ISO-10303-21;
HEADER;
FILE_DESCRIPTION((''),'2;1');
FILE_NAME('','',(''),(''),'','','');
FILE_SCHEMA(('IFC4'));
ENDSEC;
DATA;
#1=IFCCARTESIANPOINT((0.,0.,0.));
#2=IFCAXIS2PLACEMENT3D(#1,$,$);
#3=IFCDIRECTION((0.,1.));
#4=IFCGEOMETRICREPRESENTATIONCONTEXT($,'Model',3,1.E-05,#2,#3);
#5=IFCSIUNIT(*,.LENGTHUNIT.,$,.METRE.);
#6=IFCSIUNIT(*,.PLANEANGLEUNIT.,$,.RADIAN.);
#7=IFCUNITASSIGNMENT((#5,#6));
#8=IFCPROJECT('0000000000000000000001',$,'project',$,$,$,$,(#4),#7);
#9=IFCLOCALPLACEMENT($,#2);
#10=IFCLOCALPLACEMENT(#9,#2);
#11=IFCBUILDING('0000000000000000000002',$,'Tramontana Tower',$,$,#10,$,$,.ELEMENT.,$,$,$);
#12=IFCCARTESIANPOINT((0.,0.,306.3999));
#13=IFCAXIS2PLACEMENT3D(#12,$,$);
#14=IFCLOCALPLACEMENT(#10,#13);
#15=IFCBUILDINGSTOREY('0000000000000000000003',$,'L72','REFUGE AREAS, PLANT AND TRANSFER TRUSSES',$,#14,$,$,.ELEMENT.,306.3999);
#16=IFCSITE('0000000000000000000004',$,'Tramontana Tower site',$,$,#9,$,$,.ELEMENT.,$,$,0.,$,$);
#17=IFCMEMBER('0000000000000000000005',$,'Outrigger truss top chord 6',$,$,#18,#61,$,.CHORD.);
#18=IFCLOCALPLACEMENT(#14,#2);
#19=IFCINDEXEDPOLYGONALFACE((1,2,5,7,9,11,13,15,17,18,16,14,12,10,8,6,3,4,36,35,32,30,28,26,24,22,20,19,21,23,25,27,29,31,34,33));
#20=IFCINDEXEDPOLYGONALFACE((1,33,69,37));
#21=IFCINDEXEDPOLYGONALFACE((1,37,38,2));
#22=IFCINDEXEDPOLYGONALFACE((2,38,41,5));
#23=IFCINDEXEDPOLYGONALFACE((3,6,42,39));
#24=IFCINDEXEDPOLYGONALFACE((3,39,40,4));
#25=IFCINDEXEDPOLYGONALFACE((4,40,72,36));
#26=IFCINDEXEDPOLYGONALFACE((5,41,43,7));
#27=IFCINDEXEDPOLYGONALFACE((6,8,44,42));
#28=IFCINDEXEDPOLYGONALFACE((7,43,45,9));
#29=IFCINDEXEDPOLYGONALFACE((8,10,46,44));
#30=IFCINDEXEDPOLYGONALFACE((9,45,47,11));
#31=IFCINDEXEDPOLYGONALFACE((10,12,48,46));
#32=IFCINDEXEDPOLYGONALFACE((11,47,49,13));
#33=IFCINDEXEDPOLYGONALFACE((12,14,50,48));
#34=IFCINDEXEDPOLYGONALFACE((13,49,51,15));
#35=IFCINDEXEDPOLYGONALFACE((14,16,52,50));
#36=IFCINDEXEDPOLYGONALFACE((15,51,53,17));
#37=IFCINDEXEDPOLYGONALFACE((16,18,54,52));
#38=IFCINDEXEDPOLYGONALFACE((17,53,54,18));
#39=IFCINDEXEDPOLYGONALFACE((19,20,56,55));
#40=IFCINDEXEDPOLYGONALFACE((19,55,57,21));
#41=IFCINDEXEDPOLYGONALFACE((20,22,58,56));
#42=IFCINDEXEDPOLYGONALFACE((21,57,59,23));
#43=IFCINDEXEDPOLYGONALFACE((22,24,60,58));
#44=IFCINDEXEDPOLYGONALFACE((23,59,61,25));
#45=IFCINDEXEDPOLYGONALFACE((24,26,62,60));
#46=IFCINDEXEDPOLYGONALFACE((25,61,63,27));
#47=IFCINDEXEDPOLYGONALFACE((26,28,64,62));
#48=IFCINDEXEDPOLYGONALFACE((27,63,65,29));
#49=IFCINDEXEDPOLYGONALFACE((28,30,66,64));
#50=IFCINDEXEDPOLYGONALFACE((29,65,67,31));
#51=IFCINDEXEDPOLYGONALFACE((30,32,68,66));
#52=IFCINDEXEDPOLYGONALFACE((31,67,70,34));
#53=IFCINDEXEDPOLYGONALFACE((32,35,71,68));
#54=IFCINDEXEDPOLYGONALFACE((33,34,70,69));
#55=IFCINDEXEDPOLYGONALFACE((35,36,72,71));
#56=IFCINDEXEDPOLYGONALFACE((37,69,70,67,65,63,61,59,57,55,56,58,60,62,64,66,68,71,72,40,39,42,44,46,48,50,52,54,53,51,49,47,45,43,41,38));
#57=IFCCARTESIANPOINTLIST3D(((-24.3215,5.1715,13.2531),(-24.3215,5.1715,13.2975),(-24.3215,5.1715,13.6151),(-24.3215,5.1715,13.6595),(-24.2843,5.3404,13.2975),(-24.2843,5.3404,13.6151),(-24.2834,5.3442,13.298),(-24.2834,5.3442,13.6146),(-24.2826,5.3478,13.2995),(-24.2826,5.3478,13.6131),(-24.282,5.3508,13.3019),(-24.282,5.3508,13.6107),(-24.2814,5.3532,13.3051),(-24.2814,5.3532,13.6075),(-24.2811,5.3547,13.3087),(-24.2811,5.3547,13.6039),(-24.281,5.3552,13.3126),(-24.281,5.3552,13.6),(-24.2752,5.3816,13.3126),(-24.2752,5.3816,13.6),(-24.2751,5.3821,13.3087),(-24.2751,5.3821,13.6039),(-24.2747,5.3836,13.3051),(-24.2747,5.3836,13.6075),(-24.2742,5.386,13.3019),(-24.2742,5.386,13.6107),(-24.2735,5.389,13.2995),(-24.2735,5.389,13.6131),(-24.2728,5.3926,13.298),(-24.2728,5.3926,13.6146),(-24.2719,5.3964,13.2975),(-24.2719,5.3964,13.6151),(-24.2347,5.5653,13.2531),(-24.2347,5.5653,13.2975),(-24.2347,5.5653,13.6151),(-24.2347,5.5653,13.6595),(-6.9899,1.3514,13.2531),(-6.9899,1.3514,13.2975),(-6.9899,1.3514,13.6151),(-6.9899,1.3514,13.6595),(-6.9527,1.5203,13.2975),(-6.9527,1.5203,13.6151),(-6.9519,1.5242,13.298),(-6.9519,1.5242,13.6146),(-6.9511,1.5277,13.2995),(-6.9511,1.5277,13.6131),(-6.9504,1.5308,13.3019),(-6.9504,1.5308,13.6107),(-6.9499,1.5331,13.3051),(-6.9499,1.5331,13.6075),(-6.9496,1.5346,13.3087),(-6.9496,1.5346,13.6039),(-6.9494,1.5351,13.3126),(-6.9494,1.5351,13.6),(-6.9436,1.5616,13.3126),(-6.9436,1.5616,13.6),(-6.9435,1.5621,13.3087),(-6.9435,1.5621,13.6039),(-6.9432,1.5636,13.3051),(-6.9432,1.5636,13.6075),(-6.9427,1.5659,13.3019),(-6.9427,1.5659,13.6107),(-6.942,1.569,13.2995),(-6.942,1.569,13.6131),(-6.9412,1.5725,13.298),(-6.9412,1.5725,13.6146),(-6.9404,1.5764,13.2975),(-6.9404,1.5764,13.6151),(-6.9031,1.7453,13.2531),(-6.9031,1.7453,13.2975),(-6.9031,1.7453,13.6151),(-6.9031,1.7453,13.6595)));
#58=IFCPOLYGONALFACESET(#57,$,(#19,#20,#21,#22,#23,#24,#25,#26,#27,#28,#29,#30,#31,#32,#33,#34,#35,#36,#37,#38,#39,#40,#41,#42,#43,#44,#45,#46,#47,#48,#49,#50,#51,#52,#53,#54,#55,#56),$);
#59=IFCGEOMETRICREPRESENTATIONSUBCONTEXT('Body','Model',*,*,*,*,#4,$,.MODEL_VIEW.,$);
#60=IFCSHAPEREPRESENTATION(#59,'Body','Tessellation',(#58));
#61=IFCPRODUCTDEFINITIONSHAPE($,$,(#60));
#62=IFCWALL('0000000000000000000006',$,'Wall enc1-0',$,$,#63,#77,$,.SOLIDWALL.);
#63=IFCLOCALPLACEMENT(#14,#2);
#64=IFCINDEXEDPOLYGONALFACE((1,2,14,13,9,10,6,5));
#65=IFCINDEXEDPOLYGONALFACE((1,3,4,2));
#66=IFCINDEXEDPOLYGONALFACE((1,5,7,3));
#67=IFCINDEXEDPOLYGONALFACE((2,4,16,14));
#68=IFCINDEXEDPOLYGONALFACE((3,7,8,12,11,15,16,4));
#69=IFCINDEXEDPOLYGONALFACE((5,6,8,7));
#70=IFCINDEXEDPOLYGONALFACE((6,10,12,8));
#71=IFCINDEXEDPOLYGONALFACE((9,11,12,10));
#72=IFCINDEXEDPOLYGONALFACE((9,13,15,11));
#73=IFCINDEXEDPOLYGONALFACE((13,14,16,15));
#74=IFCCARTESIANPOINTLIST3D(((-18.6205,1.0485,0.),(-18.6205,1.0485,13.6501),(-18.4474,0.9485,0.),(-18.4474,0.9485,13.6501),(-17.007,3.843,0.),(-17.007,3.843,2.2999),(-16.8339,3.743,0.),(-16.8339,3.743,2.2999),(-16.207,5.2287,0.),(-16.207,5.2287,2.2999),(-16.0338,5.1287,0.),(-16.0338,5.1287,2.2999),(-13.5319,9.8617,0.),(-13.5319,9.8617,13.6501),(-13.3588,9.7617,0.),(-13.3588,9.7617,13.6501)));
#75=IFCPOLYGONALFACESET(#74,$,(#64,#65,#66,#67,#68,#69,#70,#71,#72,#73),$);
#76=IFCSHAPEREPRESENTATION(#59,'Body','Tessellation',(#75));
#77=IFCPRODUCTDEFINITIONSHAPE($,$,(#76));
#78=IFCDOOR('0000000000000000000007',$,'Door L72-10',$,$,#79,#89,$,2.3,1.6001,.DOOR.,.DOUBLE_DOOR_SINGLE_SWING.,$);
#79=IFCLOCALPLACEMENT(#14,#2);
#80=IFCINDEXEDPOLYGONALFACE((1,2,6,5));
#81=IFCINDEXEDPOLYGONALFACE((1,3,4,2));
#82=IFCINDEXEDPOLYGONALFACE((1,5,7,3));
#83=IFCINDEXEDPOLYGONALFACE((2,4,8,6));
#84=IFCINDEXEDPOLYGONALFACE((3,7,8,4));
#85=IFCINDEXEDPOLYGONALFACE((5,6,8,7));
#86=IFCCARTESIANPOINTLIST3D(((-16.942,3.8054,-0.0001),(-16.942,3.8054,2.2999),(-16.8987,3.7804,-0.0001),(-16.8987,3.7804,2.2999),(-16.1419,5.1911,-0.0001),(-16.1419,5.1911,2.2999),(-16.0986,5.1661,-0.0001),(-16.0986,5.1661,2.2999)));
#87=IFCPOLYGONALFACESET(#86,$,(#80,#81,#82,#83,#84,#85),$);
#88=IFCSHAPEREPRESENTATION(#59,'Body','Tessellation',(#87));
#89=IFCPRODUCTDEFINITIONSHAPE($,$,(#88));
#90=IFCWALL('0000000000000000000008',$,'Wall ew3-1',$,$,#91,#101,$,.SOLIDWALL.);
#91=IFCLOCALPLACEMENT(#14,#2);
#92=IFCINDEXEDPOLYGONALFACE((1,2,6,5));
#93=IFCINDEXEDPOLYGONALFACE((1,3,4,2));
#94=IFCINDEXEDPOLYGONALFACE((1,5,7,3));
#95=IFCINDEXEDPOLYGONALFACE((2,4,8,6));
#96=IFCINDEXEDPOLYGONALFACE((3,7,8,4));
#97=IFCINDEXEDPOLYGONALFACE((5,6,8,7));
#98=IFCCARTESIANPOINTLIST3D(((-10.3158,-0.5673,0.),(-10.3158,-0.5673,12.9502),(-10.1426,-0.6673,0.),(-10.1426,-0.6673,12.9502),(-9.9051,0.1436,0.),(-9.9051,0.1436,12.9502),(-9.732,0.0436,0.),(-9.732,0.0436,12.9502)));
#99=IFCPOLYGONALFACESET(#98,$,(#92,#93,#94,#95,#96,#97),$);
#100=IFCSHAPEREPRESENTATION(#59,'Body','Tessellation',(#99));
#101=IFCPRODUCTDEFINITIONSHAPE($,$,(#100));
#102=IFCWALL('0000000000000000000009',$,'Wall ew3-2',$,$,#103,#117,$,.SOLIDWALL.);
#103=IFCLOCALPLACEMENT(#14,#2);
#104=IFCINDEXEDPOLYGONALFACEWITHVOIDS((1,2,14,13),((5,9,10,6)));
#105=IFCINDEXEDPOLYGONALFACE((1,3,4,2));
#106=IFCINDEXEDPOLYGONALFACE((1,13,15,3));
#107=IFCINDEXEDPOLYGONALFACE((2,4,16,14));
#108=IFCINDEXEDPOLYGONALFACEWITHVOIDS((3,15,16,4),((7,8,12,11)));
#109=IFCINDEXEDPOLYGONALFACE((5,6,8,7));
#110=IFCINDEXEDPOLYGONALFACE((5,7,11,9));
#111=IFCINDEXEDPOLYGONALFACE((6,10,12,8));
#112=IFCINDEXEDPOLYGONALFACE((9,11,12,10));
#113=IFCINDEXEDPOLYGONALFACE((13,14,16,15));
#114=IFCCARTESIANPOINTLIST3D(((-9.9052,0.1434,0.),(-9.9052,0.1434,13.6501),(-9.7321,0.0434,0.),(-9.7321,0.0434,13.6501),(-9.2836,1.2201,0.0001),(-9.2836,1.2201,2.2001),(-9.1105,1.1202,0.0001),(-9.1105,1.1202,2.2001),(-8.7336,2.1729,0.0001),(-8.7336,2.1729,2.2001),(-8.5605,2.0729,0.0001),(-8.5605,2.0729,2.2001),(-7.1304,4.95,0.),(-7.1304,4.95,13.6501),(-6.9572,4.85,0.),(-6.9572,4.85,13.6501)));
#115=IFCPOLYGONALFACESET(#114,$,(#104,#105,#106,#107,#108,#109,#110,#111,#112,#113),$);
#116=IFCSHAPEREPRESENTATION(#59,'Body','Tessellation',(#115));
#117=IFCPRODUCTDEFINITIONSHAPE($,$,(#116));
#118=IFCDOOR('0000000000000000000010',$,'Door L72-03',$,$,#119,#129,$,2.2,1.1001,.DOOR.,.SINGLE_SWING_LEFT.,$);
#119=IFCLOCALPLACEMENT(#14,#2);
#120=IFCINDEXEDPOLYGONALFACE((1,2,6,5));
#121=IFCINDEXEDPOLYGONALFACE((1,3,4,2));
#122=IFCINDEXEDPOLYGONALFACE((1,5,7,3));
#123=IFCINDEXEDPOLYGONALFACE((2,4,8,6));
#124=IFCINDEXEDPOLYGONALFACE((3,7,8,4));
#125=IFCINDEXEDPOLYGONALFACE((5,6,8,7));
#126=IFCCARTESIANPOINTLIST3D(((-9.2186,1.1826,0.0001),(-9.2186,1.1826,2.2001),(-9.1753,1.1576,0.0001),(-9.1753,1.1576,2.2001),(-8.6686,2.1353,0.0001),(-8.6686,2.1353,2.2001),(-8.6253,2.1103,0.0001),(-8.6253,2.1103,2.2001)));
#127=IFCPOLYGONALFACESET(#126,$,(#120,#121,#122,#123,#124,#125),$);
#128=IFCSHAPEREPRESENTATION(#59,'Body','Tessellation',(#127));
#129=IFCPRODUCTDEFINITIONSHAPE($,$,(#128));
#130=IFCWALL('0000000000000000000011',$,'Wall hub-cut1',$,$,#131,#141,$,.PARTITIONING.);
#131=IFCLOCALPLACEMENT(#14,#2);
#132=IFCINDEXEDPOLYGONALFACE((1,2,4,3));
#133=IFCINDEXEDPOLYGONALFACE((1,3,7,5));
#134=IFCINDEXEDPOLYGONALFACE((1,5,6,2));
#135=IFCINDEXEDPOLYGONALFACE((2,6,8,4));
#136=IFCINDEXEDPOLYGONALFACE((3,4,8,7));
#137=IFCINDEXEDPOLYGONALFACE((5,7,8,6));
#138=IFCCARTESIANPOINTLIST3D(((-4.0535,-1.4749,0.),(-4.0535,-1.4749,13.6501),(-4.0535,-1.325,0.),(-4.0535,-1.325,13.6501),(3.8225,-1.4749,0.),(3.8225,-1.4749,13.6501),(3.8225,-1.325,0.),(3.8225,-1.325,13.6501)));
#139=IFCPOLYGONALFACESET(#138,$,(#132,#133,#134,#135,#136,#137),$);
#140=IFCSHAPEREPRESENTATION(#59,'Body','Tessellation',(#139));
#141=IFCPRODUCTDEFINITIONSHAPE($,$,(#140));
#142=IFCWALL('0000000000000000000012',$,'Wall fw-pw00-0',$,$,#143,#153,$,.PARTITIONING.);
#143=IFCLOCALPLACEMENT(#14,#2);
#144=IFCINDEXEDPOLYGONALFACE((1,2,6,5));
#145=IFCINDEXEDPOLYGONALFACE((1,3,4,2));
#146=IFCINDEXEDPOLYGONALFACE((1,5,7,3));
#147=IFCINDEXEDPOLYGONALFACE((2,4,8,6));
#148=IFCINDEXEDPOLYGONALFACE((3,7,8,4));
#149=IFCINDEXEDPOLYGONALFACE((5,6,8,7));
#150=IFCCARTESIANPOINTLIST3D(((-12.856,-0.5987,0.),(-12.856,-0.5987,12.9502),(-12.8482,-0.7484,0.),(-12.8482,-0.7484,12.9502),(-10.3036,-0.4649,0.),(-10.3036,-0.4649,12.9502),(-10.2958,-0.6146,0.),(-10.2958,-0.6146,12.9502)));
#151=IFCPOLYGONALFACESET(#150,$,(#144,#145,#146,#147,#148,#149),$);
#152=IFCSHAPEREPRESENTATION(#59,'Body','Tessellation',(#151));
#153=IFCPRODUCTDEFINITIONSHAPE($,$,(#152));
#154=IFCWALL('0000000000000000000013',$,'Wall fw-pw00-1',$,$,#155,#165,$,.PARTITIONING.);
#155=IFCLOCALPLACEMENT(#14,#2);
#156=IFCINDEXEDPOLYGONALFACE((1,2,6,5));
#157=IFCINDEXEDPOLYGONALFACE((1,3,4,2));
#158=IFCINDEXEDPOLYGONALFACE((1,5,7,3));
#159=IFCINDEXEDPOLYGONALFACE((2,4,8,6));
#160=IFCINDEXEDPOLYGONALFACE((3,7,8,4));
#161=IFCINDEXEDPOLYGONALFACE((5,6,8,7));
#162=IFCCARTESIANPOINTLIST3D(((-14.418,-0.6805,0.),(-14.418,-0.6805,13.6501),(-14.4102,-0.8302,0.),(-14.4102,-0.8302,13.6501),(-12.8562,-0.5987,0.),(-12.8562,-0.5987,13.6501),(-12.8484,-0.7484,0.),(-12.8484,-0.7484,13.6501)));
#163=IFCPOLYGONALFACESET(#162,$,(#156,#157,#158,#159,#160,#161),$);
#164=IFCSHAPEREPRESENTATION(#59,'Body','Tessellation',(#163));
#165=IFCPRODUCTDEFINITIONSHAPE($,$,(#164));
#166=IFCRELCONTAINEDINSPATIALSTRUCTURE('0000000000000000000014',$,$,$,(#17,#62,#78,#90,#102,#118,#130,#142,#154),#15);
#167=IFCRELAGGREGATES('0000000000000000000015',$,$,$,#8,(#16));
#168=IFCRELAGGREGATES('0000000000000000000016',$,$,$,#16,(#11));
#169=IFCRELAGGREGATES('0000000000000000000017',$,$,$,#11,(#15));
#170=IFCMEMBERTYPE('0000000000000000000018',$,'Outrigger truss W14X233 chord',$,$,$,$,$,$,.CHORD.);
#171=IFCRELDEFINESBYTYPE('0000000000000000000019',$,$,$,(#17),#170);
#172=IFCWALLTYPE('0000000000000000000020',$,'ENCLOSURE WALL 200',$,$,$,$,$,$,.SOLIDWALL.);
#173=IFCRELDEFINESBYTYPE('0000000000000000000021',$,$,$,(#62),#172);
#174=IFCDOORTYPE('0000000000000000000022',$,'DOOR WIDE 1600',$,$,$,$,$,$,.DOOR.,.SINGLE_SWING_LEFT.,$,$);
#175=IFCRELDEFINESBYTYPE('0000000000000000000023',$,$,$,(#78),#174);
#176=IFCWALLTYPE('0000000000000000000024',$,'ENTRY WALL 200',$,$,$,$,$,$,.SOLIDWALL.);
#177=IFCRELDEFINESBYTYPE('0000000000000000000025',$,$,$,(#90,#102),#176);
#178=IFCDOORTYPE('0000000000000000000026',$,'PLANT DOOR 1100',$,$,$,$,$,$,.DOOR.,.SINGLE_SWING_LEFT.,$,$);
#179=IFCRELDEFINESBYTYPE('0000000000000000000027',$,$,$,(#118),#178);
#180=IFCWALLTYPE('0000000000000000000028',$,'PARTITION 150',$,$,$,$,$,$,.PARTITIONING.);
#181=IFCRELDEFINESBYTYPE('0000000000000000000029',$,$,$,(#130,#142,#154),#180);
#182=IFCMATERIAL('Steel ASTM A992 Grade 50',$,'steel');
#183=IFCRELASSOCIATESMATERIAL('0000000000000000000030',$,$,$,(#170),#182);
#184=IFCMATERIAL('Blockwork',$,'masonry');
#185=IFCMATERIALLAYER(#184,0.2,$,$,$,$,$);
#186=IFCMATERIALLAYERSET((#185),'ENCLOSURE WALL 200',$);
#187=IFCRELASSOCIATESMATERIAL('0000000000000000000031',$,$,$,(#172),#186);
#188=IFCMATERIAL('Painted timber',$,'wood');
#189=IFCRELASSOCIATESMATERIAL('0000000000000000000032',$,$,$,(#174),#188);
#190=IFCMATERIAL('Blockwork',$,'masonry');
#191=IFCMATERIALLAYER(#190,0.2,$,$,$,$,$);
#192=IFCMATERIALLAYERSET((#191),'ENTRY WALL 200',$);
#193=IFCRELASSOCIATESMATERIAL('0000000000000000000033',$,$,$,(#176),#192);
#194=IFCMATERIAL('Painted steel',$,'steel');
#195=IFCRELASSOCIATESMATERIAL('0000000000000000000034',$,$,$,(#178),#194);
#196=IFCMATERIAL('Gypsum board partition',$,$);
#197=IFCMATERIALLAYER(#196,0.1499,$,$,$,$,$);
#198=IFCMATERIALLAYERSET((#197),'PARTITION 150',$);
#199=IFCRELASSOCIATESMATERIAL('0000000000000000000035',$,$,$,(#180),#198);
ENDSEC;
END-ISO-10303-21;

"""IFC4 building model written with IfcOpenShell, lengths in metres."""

from ifc_helpers import new_model, si_unit, direction, frame, frame_2d, origin, origin_2d, place, context, subcontext, project, spatial, rectangle, i_section, extrude, material, layer, layer_set, material_profile, profile_set, type_object, element, fill, save


model = new_model("IFC4")

# Units and contexts
model_context = context("Model", 3, precision=1e-05, world=origin(), true_north=direction((0.0, 1.0)))
body_context = subcontext(model_context, "Body", "Model", "MODEL_VIEW")
ifc_project = project(units=[si_unit("LENGTHUNIT", "METRE"), si_unit("PLANEANGLEUNIT", "RADIAN")], contexts=[model_context])

# Site, building, storey
site_placement = place(None, origin())
site = spatial("IfcSite", under=ifc_project, at=site_placement, Name="Tramontana Tower site", CompositionType="ELEMENT", RefElevation=0.0)
building_placement = place(site_placement, origin())
building = spatial("IfcBuilding", under=site, at=building_placement, Name="Tramontana Tower", CompositionType="ELEMENT")
storey_placement = place(building_placement, frame((0.0, 0.0, 306.3999)))
storey = spatial("IfcBuildingStorey", under=building, at=storey_placement, Name="L72", Description="REFUGE AREAS, PLANT AND TRANSFER TRUSSES", CompositionType="ELEMENT", Elevation=306.3999)

# Member
ifc_material_1 = material(Name="Steel ASTM A992 Grade 50", Category="steel")
ifc_material_profile_1 = material_profile(ifc_material_1, i_section(OverallWidth=0.4033, OverallDepth=0.4065, WebThickness=0.0271, FlangeThickness=0.0444, FilletRadius=0.0151, at=origin_2d()), Name="W14X233")
ifc_profile_set_1 = profile_set([ifc_material_profile_1], Name="Steel ASTM A992 Grade 50")
member_type_1 = type_object("IfcMemberType", Name="Outrigger truss W14X233 chord", PredefinedType="CHORD", material=ifc_profile_set_1)
for number, where, z_axis, x_axis, name in (
    (1, (-6.9465, 1.5483, 13.4563), (-0.97656, 0.215245, 0.0), (-0.215245, -0.97656, 0.0), "Outrigger truss top chord 6"),
):
    element("IfcMember", number, at=place(storey_placement, frame(where, z_axis=z_axis, x_axis=x_axis)), inside=storey, type_object=member_type_1, Name=name, PredefinedType="CHORD", context=body_context, shape_type="SweptSolid", body=[
        extrude(i_section(OverallWidth=0.4033, OverallDepth=0.4065, WebThickness=0.0271, FlangeThickness=0.0444, FilletRadius=0.0151, at=origin_2d()), origin(), (0.0, 0.0, 1.0), 17.7476),
    ])

# Wall, opening, door
ifc_material_2 = material(Name="Blockwork", Category="masonry")
ifc_layer_1 = layer(ifc_material_2, 0.2)
ifc_layer_set_1 = layer_set([ifc_layer_1], Name="ENCLOSURE WALL 200")
wall_type_1 = type_object("IfcWallType", Name="ENCLOSURE WALL 200", PredefinedType="SOLIDWALL", material=ifc_layer_set_1)
wall_1_placement = place(storey_placement, frame((-18.5339, 0.9985, 0.0), z_axis=(0.0, 0.0, 1.0), x_axis=(0.500022, 0.866013, 0.0)))
wall_1 = element("IfcWall", 2, at=wall_1_placement, inside=storey, type_object=wall_type_1, Name="Wall enc1-0", PredefinedType="SOLIDWALL", context=body_context, shape_type="SweptSolid", body=[
    extrude(rectangle(XDim=10.1768, YDim=0.2, at=frame_2d((5.0884, 0.0))), origin(), (0.0, 0.0, 1.0), 13.6501),
])
opening_1_placement = place(wall_1_placement, frame((3.2268, 0.0, 0.0)))
opening_1 = element("IfcOpeningElement", 3, at=opening_1_placement, cuts=wall_1, PredefinedType="OPENING", context=body_context, shape_type="SweptSolid", body=[
    extrude(rectangle(XDim=1.6001, YDim=2.3, at=frame_2d((0.8, 1.1499))), frame((0.0, 0.1099, 0.0), z_axis=(0.0, -1.0, 0.0), x_axis=(1.0, 0.0, 0.0)), (0.0, 0.0, 1.0), 0.22),
])
ifc_material_3 = material(Name="Painted timber", Category="wood")
door_type_1 = type_object("IfcDoorType", Name="DOOR WIDE 1600", OperationType="SINGLE_SWING_LEFT", PredefinedType="DOOR", material=ifc_material_3)
door_1_placement = place(opening_1_placement, origin())
door_1 = element("IfcDoor", 4, at=door_1_placement, inside=storey, type_object=door_type_1, Name="Door L72-10", OperationType="DOUBLE_DOOR_SINGLE_SWING", OverallHeight=2.3, OverallWidth=1.6001, PredefinedType="DOOR", context=body_context, shape_type="SweptSolid", body=[
    extrude(rectangle(XDim=1.6001, YDim=2.3, at=frame_2d((0.8, 1.1499))), frame((0.0, 0.0249, 0.0), z_axis=(0.0, -1.0, 0.0), x_axis=(1.0, 0.0, 0.0)), (0.0, 0.0, 1.0), 0.05),
])
fill(opening_1, door_1)

# Wall
ifc_material_4 = material(Name="Blockwork", Category="masonry")
ifc_layer_2 = layer(ifc_material_4, 0.2)
ifc_layer_set_2 = layer_set([ifc_layer_2], Name="ENTRY WALL 200")
wall_type_2 = type_object("IfcWallType", Name="ENTRY WALL 200", PredefinedType="SOLIDWALL", material=ifc_layer_set_2)
wall_2_placement = place(storey_placement, frame((-10.2292, -0.6174, 0.0), z_axis=(0.0, 0.0, 1.0), x_axis=(0.500169, 0.865928, 0.0)))
element("IfcWall", 5, at=wall_2_placement, inside=storey, type_object=wall_type_2, Name="Wall ew3-1", PredefinedType="SOLIDWALL", context=body_context, shape_type="SweptSolid", body=[
    extrude(rectangle(XDim=0.821, YDim=0.2, at=frame_2d((0.4106, 0.0))), origin(), (0.0, 0.0, 1.0), 12.9502),
])

# Wall, opening, door
wall_3_placement = place(storey_placement, frame((-9.8186, 0.0935, 0.0), z_axis=(0.0, 0.0, 1.0), x_axis=(0.499971, 0.866042, 0.0)))
wall_3 = element("IfcWall", 6, at=wall_3_placement, inside=storey, type_object=wall_type_2, Name="Wall ew3-2", PredefinedType="SOLIDWALL", context=body_context, shape_type="SweptSolid", body=[
    extrude(rectangle(XDim=5.55, YDim=0.2, at=frame_2d((2.7749, 0.0))), origin(), (0.0, 0.0, 1.0), 13.6501),
])
opening_2_placement = place(wall_3_placement, frame((1.2432, 0.0, 0.0)))
opening_2 = element("IfcOpeningElement", 7, at=opening_2_placement, cuts=wall_3, PredefinedType="OPENING", context=body_context, shape_type="SweptSolid", body=[
    extrude(rectangle(XDim=1.1001, YDim=2.2, at=frame_2d((0.55, 1.1001))), frame((0.0, 0.1099, 0.0), z_axis=(0.0, -1.0, 0.0), x_axis=(1.0, 0.0, 0.0)), (0.0, 0.0, 1.0), 0.22),
])
ifc_material_5 = material(Name="Painted steel", Category="steel")
door_type_2 = type_object("IfcDoorType", Name="PLANT DOOR 1100", OperationType="SINGLE_SWING_LEFT", PredefinedType="DOOR", material=ifc_material_5)
door_2_placement = place(opening_2_placement, origin())
door_2 = element("IfcDoor", 8, at=door_2_placement, inside=storey, type_object=door_type_2, Name="Door L72-03", OperationType="SINGLE_SWING_LEFT", OverallHeight=2.2, OverallWidth=1.1001, PredefinedType="DOOR", context=body_context, shape_type="SweptSolid", body=[
    extrude(rectangle(XDim=1.1001, YDim=2.2, at=frame_2d((0.55, 1.1001))), frame((0.0, 0.0249, 0.0), z_axis=(0.0, -1.0, 0.0), x_axis=(1.0, 0.0, 0.0)), (0.0, 0.0, 1.0), 0.05),
])
fill(opening_2, door_2)

# Walls
ifc_material_6 = material(Name="Gypsum board partition")
ifc_layer_3 = layer(ifc_material_6, 0.1499)
ifc_layer_set_3 = layer_set([ifc_layer_3], Name="PARTITION 150")
wall_type_3 = type_object("IfcWallType", Name="PARTITION 150", PredefinedType="PARTITIONING", material=ifc_layer_set_3)
wall_4_placement = place(storey_placement, frame((-4.0535, -1.3999, 0.0), z_axis=(0.0, 0.0, 1.0), x_axis=(1.0, 0.0, 0.0)))
element("IfcWall", 9, at=wall_4_placement, inside=storey, type_object=wall_type_3, Name="Wall hub-cut1", PredefinedType="PARTITIONING", context=body_context, shape_type="SweptSolid", body=[
    extrude(rectangle(XDim=7.876, YDim=0.1499, at=frame_2d((3.938, 0.0))), origin(), (0.0, 0.0, 1.0), 13.6501),
])
wall_5_placement = place(storey_placement, frame((-10.2998, -0.5398, 0.0), z_axis=(0.0, 0.0, 1.0), x_axis=(-0.998629, -0.052343, 0.0)))
element("IfcWall", 10, at=wall_5_placement, inside=storey, type_object=wall_type_3, Name="Wall fw-pw00-0", PredefinedType="PARTITIONING", context=body_context, shape_type="SweptSolid", body=[
    extrude(rectangle(XDim=2.5559, YDim=0.1499, at=frame_2d((1.2778, 0.0))), origin(), (0.0, 0.0, 1.0), 12.9502),
])
wall_6_placement = place(storey_placement, frame((-12.8523, -0.6736, 0.0), z_axis=(0.0, 0.0, 1.0), x_axis=(-0.998632, -0.052297, 0.0)))
element("IfcWall", 11, at=wall_6_placement, inside=storey, type_object=wall_type_3, Name="Wall fw-pw00-1", PredefinedType="PARTITIONING", context=body_context, shape_type="SweptSolid", body=[
    extrude(rectangle(XDim=1.564, YDim=0.1499, at=frame_2d((0.782, 0.0))), origin(), (0.0, 0.0, 1.0), 13.6501),
])

save(model, "model.ifc")
